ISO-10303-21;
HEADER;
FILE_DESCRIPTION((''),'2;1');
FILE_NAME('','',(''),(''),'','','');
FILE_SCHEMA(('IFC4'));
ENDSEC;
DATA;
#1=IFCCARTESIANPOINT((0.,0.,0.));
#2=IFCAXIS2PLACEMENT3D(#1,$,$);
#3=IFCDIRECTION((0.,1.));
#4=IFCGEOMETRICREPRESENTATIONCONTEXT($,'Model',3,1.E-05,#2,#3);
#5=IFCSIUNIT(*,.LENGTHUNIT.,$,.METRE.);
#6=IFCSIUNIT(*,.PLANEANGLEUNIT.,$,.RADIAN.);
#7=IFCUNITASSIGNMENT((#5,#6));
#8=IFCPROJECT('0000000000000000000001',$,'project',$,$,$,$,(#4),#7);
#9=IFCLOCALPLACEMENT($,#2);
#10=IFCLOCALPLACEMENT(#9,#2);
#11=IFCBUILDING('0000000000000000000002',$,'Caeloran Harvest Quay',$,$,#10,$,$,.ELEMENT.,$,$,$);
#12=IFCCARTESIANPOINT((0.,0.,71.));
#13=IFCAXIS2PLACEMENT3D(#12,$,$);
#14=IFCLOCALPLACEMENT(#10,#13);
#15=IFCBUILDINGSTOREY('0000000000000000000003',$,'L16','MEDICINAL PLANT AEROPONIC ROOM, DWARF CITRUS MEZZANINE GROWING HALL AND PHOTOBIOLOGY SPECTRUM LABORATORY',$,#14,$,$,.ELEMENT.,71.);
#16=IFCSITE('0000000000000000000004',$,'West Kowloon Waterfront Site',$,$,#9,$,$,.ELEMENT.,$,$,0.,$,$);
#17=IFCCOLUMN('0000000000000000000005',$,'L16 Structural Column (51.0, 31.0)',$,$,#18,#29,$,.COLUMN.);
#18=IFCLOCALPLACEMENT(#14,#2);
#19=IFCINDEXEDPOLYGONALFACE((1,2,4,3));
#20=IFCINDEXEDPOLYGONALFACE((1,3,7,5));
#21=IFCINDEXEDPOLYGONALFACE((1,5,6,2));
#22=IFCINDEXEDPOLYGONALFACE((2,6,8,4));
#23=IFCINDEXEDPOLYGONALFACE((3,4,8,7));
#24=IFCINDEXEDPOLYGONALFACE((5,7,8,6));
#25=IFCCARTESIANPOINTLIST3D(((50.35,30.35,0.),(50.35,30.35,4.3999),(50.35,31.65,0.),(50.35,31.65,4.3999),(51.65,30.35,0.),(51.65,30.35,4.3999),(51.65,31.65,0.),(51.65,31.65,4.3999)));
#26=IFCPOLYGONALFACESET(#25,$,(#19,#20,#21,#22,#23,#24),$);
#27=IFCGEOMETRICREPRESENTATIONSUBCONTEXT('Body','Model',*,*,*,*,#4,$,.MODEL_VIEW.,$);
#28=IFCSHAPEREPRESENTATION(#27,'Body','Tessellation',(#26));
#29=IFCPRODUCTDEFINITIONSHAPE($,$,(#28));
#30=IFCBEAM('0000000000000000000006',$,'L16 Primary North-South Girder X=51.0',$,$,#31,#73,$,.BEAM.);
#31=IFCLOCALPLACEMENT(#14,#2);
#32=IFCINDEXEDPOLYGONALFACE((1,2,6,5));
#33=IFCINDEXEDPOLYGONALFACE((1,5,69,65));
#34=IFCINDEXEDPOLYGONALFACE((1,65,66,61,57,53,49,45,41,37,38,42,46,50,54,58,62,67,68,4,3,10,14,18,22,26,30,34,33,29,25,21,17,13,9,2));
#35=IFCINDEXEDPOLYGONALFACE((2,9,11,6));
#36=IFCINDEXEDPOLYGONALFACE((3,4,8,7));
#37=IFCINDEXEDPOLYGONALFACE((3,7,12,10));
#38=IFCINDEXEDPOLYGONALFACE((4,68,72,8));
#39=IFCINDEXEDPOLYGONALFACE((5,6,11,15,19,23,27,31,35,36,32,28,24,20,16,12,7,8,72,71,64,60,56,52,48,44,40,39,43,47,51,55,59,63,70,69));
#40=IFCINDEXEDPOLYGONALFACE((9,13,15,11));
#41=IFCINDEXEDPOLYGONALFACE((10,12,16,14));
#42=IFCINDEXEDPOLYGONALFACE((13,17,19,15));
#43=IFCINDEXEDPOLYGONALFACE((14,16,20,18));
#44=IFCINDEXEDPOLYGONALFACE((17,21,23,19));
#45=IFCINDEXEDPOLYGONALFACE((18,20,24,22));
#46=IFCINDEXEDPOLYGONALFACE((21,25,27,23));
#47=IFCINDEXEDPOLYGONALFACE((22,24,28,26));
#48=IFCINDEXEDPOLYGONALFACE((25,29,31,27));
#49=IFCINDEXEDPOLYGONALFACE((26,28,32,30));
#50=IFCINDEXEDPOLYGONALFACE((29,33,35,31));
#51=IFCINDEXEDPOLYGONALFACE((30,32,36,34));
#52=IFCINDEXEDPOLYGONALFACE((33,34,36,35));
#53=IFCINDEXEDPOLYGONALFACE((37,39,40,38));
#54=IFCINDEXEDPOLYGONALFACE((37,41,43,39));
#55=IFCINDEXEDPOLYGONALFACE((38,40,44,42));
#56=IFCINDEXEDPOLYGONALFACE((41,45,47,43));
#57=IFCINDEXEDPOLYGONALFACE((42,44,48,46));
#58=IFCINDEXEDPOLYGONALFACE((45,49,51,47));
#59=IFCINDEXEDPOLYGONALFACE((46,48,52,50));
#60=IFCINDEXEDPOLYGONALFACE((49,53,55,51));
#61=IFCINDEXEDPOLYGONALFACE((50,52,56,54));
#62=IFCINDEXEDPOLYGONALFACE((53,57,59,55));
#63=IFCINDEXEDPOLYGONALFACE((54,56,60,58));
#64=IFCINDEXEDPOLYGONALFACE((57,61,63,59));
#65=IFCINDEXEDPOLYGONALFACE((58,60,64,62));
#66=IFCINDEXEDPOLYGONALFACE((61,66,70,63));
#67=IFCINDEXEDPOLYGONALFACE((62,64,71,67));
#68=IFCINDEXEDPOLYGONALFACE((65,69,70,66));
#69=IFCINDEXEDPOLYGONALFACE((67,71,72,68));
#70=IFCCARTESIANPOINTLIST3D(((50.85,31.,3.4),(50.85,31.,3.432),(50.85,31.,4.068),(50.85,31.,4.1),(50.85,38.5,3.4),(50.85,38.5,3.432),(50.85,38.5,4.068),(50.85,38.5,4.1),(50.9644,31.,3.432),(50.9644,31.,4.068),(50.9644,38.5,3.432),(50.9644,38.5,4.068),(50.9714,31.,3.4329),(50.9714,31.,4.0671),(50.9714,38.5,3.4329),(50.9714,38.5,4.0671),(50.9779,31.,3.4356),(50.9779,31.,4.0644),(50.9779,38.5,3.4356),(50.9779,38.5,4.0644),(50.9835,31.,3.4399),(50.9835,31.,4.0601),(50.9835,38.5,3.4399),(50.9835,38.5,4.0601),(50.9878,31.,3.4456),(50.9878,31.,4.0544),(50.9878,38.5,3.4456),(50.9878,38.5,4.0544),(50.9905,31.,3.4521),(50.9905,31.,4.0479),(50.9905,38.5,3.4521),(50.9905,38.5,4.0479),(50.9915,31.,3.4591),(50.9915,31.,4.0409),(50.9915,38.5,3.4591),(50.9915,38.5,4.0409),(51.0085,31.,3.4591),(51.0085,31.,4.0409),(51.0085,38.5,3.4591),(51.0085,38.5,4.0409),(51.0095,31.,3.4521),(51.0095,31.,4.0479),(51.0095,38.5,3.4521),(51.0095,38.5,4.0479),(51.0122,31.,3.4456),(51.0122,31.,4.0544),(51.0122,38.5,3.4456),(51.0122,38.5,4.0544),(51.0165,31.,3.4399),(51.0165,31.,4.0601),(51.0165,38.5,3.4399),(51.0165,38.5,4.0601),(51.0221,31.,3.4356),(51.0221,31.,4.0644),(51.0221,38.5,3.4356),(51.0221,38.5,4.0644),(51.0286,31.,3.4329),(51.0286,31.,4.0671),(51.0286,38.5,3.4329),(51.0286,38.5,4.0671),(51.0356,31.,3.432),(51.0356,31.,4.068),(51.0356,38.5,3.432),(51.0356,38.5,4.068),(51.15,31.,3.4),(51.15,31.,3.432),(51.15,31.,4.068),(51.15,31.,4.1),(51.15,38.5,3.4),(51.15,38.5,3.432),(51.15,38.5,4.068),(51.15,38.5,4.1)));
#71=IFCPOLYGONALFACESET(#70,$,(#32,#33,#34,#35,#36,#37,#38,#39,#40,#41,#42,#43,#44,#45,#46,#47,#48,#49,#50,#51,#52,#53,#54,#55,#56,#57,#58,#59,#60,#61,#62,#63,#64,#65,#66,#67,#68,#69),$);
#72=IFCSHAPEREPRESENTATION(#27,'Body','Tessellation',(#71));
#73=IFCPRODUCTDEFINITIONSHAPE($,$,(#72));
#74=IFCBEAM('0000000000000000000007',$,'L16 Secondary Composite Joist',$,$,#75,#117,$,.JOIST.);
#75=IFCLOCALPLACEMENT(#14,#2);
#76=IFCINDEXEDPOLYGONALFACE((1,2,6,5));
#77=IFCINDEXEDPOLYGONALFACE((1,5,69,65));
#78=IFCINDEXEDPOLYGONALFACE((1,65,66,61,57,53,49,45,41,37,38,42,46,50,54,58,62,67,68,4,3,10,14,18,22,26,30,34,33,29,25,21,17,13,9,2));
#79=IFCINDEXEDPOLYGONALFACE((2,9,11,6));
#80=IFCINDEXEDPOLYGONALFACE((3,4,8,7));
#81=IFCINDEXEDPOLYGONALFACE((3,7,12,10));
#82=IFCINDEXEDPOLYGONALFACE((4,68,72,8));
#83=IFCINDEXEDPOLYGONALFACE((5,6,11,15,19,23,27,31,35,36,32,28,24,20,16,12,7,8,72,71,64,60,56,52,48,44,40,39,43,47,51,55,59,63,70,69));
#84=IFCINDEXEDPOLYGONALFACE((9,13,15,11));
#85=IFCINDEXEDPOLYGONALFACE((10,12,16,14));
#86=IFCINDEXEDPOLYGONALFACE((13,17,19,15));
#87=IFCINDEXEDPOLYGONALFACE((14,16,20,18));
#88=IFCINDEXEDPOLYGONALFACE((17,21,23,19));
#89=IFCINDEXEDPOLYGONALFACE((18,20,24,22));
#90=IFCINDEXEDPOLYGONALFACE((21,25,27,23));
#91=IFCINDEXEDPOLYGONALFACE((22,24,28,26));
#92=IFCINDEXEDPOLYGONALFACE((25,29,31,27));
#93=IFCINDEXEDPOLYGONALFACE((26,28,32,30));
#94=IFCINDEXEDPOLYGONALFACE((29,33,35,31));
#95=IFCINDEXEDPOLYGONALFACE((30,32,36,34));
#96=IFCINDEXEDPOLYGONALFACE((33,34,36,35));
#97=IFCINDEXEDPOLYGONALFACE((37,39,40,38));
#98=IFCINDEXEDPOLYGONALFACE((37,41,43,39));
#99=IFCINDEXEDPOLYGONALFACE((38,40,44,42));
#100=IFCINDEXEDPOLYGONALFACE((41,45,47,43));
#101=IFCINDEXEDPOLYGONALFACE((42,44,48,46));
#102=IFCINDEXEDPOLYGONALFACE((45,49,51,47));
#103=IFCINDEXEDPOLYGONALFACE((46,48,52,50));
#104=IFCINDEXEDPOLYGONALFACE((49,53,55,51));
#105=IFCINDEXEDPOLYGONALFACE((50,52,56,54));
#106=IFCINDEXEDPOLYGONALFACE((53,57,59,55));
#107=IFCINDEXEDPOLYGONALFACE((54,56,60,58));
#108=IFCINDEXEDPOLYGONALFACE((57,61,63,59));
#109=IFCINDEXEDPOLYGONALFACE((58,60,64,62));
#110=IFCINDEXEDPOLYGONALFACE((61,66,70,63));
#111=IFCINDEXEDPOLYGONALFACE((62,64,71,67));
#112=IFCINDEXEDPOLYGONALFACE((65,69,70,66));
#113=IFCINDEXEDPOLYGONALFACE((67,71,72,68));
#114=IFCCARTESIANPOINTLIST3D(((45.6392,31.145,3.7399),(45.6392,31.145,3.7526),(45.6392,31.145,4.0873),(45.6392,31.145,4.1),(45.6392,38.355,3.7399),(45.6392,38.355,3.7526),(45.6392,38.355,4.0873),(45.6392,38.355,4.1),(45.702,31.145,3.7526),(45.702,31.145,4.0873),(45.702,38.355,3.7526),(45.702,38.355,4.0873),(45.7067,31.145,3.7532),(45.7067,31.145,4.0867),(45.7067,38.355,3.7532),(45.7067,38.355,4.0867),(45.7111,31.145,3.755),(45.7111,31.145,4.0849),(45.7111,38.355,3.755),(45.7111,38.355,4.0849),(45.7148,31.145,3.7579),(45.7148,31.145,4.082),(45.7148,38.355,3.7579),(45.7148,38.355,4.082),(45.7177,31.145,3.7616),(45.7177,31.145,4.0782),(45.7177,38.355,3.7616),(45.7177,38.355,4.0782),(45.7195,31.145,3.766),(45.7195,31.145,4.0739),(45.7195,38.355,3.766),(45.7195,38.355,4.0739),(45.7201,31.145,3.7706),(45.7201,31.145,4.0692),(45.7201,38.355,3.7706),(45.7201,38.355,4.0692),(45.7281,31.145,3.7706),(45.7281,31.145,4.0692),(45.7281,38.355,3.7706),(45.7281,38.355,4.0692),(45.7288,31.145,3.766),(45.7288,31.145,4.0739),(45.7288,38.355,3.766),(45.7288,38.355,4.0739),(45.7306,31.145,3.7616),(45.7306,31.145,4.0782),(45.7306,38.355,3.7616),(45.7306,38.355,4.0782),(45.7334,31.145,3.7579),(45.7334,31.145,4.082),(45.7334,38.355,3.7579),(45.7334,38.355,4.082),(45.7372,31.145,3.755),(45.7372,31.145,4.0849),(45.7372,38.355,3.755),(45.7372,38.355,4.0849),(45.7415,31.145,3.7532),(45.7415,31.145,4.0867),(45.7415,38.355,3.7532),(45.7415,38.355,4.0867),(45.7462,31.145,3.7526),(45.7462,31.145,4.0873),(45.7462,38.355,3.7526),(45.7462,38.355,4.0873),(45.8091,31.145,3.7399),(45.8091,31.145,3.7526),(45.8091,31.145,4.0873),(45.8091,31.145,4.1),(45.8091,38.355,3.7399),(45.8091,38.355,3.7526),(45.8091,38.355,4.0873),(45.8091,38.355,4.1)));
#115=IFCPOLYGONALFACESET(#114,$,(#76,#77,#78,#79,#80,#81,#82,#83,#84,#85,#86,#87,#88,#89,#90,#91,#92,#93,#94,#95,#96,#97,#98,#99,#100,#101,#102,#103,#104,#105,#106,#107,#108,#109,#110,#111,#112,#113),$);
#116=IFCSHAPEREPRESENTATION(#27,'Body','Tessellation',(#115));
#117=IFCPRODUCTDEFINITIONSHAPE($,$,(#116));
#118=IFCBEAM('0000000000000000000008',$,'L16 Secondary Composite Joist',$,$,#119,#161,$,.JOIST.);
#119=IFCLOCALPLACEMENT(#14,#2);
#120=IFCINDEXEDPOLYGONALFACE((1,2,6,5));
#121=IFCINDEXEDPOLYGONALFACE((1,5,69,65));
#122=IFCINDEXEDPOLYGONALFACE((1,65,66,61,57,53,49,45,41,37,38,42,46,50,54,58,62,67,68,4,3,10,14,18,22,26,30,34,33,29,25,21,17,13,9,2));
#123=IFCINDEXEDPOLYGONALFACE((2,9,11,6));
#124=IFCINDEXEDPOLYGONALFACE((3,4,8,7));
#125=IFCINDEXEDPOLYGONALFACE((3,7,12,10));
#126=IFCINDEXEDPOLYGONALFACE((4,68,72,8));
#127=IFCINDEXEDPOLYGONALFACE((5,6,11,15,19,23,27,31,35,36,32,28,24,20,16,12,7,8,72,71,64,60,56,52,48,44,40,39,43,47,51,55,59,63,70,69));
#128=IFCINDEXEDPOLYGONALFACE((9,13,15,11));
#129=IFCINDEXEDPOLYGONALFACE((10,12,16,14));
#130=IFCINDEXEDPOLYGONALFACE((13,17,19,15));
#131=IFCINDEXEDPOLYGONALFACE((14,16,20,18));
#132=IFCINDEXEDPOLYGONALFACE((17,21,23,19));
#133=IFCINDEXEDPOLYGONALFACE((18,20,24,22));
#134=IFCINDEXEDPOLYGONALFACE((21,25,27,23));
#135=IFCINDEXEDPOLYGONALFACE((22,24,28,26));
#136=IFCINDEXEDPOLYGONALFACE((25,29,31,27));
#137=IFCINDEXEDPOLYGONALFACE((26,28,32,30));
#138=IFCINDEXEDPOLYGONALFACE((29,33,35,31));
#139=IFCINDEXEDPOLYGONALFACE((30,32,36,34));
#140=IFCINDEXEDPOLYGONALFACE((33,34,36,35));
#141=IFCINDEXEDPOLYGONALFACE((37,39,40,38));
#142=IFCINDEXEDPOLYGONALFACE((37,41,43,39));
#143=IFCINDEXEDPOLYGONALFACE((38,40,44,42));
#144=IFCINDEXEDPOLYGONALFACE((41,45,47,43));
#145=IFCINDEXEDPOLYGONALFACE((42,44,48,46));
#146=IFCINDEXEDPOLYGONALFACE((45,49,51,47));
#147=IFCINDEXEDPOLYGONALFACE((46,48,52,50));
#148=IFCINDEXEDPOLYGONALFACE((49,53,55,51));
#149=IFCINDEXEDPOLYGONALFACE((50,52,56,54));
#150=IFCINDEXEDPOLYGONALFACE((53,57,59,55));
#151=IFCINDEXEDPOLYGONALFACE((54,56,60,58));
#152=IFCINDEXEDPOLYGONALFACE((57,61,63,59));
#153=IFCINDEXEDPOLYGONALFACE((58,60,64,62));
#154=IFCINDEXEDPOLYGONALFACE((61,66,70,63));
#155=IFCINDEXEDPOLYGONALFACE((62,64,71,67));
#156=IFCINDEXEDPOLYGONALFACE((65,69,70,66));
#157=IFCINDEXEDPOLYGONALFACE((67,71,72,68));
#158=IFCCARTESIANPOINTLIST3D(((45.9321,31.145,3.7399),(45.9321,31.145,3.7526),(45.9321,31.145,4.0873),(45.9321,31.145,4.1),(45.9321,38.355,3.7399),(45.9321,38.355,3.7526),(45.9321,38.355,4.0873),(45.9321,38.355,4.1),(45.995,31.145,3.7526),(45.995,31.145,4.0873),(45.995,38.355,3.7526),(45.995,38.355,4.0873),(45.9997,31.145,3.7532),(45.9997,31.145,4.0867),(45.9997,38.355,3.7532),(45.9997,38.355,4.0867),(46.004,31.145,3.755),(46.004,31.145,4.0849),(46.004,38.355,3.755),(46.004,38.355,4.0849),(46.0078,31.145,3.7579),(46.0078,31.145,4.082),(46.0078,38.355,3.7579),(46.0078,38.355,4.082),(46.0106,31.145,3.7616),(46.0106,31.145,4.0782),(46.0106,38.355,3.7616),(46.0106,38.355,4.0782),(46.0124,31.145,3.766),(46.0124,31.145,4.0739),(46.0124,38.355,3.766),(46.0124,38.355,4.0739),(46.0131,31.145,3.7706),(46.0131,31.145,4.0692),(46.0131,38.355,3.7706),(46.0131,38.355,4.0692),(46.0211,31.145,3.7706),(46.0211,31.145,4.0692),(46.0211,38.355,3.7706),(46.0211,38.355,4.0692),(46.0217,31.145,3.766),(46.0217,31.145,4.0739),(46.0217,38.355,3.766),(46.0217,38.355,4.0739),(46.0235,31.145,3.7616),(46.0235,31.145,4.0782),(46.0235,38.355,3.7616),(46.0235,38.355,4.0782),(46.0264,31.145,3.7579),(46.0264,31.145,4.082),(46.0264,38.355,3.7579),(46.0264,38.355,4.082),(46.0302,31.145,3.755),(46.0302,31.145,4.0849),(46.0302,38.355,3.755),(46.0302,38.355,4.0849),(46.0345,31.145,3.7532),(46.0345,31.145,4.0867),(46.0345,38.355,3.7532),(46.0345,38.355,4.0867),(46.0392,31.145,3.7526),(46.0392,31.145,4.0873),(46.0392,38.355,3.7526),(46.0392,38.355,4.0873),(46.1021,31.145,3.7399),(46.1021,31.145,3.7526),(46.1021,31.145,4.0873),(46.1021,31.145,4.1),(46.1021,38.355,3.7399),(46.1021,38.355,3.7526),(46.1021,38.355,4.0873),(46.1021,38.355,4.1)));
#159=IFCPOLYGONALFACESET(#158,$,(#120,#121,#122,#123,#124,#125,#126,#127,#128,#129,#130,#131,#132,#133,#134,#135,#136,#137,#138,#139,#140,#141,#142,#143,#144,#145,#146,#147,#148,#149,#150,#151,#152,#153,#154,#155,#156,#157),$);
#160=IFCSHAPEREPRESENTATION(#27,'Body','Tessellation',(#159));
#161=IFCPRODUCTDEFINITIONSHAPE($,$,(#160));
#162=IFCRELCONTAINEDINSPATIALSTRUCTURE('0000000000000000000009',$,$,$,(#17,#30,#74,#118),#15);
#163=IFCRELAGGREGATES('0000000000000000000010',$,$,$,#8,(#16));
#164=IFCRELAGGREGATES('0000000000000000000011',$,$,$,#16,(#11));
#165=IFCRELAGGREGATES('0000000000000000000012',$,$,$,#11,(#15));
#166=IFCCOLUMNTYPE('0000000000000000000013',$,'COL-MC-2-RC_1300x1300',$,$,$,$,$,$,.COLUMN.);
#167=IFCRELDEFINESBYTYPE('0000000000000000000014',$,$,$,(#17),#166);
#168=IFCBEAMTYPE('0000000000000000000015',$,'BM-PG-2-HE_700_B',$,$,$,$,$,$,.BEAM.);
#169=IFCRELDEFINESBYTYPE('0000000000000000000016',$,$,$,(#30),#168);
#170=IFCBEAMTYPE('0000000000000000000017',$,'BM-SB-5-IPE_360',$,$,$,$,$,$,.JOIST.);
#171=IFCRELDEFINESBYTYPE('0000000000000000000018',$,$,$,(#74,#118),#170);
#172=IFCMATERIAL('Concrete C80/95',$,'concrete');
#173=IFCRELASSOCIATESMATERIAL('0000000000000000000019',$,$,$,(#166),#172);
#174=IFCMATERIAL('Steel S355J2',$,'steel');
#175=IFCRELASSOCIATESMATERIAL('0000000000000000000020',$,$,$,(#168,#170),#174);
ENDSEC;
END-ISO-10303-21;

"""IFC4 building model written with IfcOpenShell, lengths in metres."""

from ifc_helpers import new_model, si_unit, direction, frame, origin, origin_2d, place, context, subcontext, project, spatial, rectangle, i_section, extrude, material, material_profile, profile_set, type_object, element, save


model = new_model("IFC4")

# Units and contexts
model_context = context("Model", 3, precision=1e-05, world=origin(), true_north=direction((0.0, 1.0)))
body_context = subcontext(model_context, "Body", "Model", "MODEL_VIEW")
ifc_project = project(units=[si_unit("LENGTHUNIT", "METRE"), si_unit("PLANEANGLEUNIT", "RADIAN")], contexts=[model_context])

# Site, building, storey
site_placement = place(None, origin())
site = spatial("IfcSite", under=ifc_project, at=site_placement, Name="West Kowloon Waterfront Site", CompositionType="ELEMENT", RefElevation=0.0)
building_placement = place(site_placement, origin())
building = spatial("IfcBuilding", under=site, at=building_placement, Name="Caeloran Harvest Quay", CompositionType="ELEMENT")
storey_placement = place(building_placement, frame((0.0, 0.0, 71.0)))
storey = spatial("IfcBuildingStorey", under=building, at=storey_placement, Name="L16", Description="MEDICINAL PLANT AEROPONIC ROOM, DWARF CITRUS MEZZANINE GROWING HALL AND PHOTOBIOLOGY SPECTRUM LABORATORY", CompositionType="ELEMENT", Elevation=71.0)

# Column
ifc_material_1 = material(Name="Concrete C80/95", Category="concrete")
ifc_material_profile_1 = material_profile(ifc_material_1, rectangle(XDim=1.3, YDim=1.3, at=origin_2d()), Name="RC 1300x1300")
ifc_profile_set_1 = profile_set([ifc_material_profile_1], Name="Concrete C80/95")
column_type = type_object("IfcColumnType", Name="COL-MC-2-RC_1300x1300", PredefinedType="COLUMN", material=ifc_profile_set_1)
column_placement = place(storey_placement, frame((51.0, 31.0, 0.0), z_axis=(0.0, 0.0, 1.0), x_axis=(1.0, 0.0, 0.0)))
element("IfcColumn", 1, at=column_placement, inside=storey, type_object=column_type, Name="L16 Structural Column (51.0, 31.0)", PredefinedType="COLUMN", context=body_context, shape_type="SweptSolid", body=[
    extrude(rectangle(XDim=1.3, YDim=1.3, at=origin_2d()), origin(), (0.0, 0.0, 1.0), 4.3999),
])

# Beams
ifc_material_2 = material(Name="Steel S355J2", Category="steel")
ifc_material_profile_2 = material_profile(ifc_material_2, i_section(OverallWidth=0.3, OverallDepth=0.7, WebThickness=0.0171, FlangeThickness=0.032, FilletRadius=0.0271, at=origin_2d()), Name="HE 700 B")
ifc_profile_set_2 = profile_set([ifc_material_profile_2], Name="Steel S355J2")
beam_type_1 = type_object("IfcBeamType", Name="BM-PG-2-HE_700_B", PredefinedType="BEAM", material=ifc_profile_set_2)
beam_placement = place(storey_placement, frame((51.0, 31.0, 3.75), z_axis=(0.0, 1.0, 0.0), x_axis=(-1.0, 0.0, 0.0)))
element("IfcBeam", 2, at=beam_placement, inside=storey, type_object=beam_type_1, Name="L16 Primary North-South Girder X=51.0", PredefinedType="BEAM", context=body_context, shape_type="SweptSolid", body=[
    extrude(i_section(OverallWidth=0.3, OverallDepth=0.7, WebThickness=0.0171, FlangeThickness=0.032, FilletRadius=0.0271, at=origin_2d()), origin(), (0.0, 0.0, 1.0), 7.5),
])
ifc_material_profile_3 = material_profile(ifc_material_2, i_section(OverallWidth=0.1699, OverallDepth=0.3601, WebThickness=0.0081, FlangeThickness=0.0127, FilletRadius=0.0181, at=origin_2d()), Name="IPE 360")
ifc_profile_set_3 = profile_set([ifc_material_profile_3], Name="Steel S355J2")
beam_type_2 = type_object("IfcBeamType", Name="BM-SB-5-IPE_360", PredefinedType="JOIST", material=ifc_profile_set_3)
for number, where, z_axis, x_axis, name in (
    (3, (45.7241, 31.145, 3.9199), (0.0, 1.0, 0.0), (-1.0, 0.0, 0.0), "L16 Secondary Composite Joist"),
    (4, (46.0171, 31.145, 3.9199), (0.0, 1.0, 0.0), (-1.0, 0.0, 0.0), "L16 Secondary Composite Joist"),
):
    element("IfcBeam", number, at=place(storey_placement, frame(where, z_axis=z_axis, x_axis=x_axis)), inside=storey, type_object=beam_type_2, Name=name, PredefinedType="JOIST", context=body_context, shape_type="SweptSolid", body=[
        extrude(i_section(OverallWidth=0.1699, OverallDepth=0.3601, WebThickness=0.0081, FlangeThickness=0.0127, FilletRadius=0.0181, at=origin_2d()), origin(), (0.0, 0.0, 1.0), 7.21),
    ])

save(model, "model.ifc")
